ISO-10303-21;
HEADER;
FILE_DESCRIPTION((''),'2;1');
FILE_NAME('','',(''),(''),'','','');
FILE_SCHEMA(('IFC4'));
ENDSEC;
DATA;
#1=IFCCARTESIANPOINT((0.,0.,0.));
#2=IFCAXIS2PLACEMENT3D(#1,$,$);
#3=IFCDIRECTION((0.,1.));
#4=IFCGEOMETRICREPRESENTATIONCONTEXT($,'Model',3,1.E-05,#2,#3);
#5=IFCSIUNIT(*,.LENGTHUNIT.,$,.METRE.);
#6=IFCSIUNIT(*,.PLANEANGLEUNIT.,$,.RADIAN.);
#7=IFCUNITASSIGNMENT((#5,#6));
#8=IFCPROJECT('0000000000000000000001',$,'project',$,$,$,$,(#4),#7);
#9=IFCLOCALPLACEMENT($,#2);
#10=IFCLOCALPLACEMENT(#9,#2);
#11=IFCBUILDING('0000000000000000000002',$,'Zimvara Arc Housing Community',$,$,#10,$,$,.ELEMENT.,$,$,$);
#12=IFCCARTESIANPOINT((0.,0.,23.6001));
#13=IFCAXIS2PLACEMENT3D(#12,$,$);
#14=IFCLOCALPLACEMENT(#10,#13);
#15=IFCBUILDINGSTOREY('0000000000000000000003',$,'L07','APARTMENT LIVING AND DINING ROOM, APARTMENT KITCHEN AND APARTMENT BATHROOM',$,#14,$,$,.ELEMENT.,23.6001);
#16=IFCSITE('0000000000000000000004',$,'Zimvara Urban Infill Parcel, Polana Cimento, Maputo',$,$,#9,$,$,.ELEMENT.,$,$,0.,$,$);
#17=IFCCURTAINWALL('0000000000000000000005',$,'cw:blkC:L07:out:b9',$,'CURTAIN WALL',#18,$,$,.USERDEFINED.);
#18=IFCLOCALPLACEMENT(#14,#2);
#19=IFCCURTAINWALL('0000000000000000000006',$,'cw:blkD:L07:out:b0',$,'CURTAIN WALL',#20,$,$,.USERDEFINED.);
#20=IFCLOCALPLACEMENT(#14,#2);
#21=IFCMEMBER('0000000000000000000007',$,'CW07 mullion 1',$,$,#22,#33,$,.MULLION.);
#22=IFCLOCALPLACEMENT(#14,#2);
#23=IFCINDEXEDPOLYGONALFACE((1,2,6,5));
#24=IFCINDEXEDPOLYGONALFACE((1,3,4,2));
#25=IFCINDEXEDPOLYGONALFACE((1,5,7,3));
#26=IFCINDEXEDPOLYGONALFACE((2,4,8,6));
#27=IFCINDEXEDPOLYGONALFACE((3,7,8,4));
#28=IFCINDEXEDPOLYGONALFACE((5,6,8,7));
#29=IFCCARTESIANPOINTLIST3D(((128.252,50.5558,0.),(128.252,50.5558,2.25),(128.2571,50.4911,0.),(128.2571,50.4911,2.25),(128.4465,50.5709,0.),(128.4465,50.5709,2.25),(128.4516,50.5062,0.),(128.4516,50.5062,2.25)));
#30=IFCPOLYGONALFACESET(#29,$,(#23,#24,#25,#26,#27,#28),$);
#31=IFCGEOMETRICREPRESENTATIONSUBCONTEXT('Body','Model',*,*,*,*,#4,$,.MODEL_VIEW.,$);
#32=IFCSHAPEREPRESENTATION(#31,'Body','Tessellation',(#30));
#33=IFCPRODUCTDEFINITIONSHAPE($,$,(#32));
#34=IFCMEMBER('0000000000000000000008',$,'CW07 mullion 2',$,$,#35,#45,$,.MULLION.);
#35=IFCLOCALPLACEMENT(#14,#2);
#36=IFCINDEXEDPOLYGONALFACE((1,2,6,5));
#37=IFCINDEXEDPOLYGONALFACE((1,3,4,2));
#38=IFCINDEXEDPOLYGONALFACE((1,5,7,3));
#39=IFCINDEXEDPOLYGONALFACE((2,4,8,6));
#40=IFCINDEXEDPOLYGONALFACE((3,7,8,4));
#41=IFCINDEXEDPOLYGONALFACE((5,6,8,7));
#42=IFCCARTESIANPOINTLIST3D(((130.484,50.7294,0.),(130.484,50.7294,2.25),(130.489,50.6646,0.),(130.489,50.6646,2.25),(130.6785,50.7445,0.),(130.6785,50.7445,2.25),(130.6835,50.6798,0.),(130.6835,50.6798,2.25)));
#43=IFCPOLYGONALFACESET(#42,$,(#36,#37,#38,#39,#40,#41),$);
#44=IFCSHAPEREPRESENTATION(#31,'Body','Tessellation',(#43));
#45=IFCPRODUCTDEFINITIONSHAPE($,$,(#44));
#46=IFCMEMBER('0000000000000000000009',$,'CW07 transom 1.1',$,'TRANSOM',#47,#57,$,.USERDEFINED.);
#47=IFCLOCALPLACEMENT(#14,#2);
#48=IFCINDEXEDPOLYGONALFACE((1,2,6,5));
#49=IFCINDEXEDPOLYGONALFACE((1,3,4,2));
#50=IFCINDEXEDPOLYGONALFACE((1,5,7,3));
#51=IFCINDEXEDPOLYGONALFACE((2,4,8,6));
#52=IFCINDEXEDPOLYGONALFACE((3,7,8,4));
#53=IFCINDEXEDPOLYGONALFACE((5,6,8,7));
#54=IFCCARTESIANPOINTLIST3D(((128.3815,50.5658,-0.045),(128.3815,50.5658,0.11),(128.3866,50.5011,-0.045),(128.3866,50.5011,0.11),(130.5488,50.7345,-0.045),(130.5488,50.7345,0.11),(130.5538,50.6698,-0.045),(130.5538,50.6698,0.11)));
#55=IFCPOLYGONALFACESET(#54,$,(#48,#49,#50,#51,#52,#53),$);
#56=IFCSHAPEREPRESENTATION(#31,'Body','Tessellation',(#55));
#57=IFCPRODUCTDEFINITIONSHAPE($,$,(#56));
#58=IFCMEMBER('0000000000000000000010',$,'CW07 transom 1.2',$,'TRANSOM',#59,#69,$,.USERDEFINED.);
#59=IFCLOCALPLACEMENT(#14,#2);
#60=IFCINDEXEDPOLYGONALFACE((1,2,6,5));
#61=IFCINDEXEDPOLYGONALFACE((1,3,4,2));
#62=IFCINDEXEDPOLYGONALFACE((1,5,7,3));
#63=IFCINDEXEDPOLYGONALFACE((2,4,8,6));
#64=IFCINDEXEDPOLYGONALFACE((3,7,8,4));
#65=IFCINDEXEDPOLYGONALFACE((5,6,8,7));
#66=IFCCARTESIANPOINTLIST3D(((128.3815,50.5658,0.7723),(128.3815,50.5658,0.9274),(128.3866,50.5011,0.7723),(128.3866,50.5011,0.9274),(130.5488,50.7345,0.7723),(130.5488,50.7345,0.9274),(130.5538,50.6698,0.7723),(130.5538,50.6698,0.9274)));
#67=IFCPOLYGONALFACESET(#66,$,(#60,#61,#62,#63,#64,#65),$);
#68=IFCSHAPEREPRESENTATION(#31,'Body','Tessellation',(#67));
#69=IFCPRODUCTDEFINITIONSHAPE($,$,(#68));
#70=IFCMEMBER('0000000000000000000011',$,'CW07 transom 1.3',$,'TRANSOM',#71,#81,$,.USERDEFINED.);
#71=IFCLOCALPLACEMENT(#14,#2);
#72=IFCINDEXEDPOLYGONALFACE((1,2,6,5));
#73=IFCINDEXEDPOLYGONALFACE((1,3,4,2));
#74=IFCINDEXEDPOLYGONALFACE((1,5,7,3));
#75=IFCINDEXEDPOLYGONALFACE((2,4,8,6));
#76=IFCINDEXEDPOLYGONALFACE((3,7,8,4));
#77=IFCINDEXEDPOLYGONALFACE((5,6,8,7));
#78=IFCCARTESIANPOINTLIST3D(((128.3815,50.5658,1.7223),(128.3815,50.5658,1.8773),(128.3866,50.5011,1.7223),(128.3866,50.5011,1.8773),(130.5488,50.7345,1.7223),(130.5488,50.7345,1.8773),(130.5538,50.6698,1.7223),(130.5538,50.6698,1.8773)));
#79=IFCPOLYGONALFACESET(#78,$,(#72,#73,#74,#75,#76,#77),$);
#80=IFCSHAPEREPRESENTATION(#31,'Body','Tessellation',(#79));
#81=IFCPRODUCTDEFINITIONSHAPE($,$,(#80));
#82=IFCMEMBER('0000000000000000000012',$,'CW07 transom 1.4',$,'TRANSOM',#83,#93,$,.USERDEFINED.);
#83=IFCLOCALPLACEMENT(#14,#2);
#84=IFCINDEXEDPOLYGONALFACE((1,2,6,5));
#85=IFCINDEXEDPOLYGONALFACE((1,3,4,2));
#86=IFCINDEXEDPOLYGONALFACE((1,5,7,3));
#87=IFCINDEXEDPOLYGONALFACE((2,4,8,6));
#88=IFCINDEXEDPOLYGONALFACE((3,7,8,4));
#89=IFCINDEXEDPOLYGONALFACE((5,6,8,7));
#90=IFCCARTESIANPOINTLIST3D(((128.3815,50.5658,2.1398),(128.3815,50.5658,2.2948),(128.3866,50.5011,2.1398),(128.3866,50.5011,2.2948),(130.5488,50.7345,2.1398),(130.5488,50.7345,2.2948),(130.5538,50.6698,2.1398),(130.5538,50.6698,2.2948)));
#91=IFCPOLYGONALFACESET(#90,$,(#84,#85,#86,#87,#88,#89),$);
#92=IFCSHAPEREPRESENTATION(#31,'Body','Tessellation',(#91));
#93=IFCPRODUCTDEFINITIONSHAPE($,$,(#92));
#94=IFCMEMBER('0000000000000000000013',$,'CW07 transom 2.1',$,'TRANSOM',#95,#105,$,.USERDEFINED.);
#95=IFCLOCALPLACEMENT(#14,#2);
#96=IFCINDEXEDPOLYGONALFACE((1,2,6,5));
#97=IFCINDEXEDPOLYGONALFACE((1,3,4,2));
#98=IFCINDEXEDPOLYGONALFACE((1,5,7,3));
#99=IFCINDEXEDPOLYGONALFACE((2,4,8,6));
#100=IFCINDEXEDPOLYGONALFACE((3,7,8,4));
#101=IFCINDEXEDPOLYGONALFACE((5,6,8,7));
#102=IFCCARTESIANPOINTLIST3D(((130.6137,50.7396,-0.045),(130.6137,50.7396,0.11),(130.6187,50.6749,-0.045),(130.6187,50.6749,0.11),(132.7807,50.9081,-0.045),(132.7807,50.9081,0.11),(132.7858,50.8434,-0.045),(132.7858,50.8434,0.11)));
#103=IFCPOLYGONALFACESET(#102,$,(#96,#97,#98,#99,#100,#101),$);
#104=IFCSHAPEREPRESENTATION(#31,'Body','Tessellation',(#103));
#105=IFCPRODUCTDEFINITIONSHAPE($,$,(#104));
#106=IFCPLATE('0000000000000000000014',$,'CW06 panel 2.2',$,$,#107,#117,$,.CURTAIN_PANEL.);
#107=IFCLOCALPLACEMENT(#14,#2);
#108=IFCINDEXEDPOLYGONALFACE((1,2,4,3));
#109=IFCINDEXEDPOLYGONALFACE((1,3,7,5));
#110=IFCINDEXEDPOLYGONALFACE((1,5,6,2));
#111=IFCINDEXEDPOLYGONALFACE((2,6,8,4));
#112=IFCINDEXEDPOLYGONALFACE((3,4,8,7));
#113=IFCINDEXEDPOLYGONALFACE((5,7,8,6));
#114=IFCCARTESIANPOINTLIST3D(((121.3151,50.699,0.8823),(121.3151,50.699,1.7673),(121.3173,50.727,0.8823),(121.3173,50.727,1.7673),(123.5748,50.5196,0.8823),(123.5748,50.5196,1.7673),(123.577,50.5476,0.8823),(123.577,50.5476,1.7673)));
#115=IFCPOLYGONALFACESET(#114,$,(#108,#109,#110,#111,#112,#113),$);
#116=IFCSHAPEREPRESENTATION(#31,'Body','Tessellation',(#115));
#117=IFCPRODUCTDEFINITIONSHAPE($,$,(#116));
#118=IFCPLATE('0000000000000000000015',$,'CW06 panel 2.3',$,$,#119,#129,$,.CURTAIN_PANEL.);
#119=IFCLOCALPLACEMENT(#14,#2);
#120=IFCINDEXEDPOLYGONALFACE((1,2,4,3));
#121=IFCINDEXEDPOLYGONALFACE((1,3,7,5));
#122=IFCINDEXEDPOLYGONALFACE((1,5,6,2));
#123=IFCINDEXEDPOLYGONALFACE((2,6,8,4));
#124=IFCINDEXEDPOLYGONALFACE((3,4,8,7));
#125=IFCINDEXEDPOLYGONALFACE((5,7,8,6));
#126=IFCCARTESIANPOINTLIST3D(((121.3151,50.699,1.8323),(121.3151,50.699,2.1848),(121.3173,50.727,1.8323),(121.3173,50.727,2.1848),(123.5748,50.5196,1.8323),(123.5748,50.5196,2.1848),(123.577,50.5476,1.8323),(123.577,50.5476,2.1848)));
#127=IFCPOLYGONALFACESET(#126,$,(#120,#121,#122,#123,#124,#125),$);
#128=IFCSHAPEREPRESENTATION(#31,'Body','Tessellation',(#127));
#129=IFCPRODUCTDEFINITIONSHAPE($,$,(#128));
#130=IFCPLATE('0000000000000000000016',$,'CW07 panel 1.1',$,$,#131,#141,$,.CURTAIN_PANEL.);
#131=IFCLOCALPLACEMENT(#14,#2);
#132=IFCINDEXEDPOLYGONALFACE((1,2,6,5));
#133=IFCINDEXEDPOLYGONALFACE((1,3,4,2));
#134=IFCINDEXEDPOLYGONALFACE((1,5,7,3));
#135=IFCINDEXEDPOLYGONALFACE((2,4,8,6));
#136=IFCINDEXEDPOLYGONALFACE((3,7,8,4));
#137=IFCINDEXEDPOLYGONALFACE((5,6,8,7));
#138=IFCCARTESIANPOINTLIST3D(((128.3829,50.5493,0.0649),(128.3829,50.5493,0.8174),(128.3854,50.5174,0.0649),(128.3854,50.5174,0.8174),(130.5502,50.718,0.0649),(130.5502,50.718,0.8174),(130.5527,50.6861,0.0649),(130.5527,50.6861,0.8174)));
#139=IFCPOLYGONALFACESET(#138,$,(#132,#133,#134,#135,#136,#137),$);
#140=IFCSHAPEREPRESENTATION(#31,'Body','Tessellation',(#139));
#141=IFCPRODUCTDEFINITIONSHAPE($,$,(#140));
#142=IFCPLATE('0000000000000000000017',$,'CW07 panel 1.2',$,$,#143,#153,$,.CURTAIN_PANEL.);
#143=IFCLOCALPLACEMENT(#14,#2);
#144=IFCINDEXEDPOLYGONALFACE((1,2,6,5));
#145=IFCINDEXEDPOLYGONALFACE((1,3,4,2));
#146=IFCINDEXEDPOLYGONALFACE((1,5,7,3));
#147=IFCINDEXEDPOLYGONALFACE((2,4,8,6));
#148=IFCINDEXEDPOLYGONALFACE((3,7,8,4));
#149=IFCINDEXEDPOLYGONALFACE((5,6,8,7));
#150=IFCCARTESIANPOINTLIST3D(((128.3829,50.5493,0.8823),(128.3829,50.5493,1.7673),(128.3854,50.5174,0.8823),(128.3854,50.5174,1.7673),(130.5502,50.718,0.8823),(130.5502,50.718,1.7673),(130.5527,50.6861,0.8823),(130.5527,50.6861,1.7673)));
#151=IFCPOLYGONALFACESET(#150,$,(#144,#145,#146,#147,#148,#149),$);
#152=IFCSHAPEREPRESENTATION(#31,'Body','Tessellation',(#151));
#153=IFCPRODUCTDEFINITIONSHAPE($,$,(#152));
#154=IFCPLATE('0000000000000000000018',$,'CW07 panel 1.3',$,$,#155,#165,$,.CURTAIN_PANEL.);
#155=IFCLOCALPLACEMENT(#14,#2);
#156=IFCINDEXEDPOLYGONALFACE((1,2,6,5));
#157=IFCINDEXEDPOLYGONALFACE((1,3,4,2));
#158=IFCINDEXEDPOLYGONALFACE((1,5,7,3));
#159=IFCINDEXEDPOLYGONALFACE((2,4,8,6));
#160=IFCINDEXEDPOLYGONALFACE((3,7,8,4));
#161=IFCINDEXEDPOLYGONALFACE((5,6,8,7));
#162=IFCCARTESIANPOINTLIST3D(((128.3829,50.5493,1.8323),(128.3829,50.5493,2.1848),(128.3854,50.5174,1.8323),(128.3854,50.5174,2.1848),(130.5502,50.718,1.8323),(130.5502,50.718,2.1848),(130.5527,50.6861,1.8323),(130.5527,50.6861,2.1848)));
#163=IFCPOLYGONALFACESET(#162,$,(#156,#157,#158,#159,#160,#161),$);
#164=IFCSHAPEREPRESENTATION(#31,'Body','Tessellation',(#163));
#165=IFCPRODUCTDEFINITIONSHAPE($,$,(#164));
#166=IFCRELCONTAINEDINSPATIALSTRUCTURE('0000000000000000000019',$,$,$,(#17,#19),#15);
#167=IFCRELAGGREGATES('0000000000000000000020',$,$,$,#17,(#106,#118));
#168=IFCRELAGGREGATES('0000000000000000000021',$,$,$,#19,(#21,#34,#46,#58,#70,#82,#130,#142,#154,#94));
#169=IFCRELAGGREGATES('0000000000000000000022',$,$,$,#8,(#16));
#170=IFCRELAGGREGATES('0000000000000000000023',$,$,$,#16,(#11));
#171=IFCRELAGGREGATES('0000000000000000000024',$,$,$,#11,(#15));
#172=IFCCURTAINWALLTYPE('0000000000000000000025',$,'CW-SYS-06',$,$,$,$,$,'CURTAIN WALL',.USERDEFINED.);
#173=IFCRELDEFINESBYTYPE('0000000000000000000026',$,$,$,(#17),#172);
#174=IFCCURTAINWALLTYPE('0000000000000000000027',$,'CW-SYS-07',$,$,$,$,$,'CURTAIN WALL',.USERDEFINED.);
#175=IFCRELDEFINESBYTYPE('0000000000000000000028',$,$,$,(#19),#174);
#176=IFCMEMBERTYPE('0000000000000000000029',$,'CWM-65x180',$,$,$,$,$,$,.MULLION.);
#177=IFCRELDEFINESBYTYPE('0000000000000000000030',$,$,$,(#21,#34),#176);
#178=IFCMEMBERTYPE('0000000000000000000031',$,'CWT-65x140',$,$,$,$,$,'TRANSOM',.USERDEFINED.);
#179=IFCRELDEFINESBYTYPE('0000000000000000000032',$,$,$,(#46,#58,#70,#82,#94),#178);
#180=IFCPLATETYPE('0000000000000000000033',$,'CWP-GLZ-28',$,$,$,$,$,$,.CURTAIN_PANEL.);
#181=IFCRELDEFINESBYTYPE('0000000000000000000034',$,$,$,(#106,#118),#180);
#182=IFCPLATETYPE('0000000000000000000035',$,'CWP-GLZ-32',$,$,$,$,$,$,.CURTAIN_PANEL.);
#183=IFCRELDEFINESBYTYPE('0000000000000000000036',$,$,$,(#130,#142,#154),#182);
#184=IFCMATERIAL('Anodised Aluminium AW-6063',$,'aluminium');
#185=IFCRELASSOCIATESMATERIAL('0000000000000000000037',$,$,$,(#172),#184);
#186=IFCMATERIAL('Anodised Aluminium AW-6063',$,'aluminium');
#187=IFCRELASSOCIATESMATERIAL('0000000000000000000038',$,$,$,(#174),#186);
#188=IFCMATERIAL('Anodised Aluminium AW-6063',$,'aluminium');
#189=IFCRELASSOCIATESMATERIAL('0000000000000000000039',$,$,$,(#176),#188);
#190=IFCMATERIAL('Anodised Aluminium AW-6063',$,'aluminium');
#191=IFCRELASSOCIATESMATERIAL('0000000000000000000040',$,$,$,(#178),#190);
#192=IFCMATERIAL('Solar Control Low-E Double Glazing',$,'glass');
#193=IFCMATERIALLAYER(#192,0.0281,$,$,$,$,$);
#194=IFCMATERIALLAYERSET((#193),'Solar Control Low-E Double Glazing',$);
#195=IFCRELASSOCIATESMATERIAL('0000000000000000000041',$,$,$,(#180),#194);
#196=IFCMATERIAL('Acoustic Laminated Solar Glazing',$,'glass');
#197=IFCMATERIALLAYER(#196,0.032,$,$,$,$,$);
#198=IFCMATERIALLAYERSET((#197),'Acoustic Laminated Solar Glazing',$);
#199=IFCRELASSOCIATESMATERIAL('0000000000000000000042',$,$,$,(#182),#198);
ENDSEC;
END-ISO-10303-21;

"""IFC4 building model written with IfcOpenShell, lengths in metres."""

from ifc_helpers import new_model, si_unit, direction, frame, origin, origin_2d, place, context, subcontext, project, spatial, rectangle, extrude, material, layer, layer_set, material_profile, profile_set, type_object, element, aggregate, save


model = new_model("IFC4")

# Units and contexts
model_context = context("Model", 3, precision=1e-05, world=origin(), true_north=direction((0.0, 1.0)))
body_context = subcontext(model_context, "Body", "Model", "MODEL_VIEW")
ifc_project = project(units=[si_unit("LENGTHUNIT", "METRE"), si_unit("PLANEANGLEUNIT", "RADIAN")], contexts=[model_context])

# Site, building, storey
site_placement = place(None, origin())
site = spatial("IfcSite", under=ifc_project, at=site_placement, Name="Zimvara Urban Infill Parcel, Polana Cimento, Maputo", CompositionType="ELEMENT", RefElevation=0.0)
building_placement = place(site_placement, origin())
building = spatial("IfcBuilding", under=site, at=building_placement, Name="Zimvara Arc Housing Community", CompositionType="ELEMENT")
storey_placement = place(building_placement, frame((0.0, 0.0, 23.6001)))
storey = spatial("IfcBuildingStorey", under=building, at=storey_placement, Name="L07", Description="APARTMENT LIVING AND DINING ROOM, APARTMENT KITCHEN AND APARTMENT BATHROOM", CompositionType="ELEMENT", Elevation=23.6001)

# Curtain wall
ifc_material_1 = material(Name="Anodised Aluminium AW-6063", Category="aluminium")
curtain_wall_type_1 = type_object("IfcCurtainWallType", Name="CW-SYS-06", ElementType="CURTAIN WALL", PredefinedType="USERDEFINED", material=ifc_material_1)
curtain_wall_1_placement = place(storey_placement, origin())
curtain_wall_1 = element("IfcCurtainWall", 1, at=curtain_wall_1_placement, inside=storey, type_object=curtain_wall_type_1, Name="cw:blkC:L07:out:b9", ObjectType="CURTAIN WALL", PredefinedType="USERDEFINED")

# Curtain wall, members
ifc_material_2 = material(Name="Anodised Aluminium AW-6063", Category="aluminium")
curtain_wall_type_2 = type_object("IfcCurtainWallType", Name="CW-SYS-07", ElementType="CURTAIN WALL", PredefinedType="USERDEFINED", material=ifc_material_2)
curtain_wall_2_placement = place(storey_placement, origin())
curtain_wall_2 = element("IfcCurtainWall", 2, at=curtain_wall_2_placement, inside=storey, type_object=curtain_wall_type_2, Name="cw:blkD:L07:out:b0", ObjectType="CURTAIN WALL", PredefinedType="USERDEFINED")
ifc_material_3 = material(Name="Anodised Aluminium AW-6063", Category="aluminium")
ifc_material_profile_1 = material_profile(ifc_material_3, rectangle(XDim=0.0649, YDim=0.1951, at=origin_2d()), Name="ALU 65x195")
ifc_profile_set_1 = profile_set([ifc_material_profile_1], Name="Anodised Aluminium AW-6063")
member_type_1 = type_object("IfcMemberType", Name="CWM-65x180", PredefinedType="MULLION", material=ifc_profile_set_1)
member_1_placement = place(storey_placement, frame((128.3518, 50.531, 0.0), z_axis=(0.0, 0.0, 1.0), x_axis=(-0.07759, 0.996985, 0.0)))
member_1 = element("IfcMember", 3, at=member_1_placement, type_object=member_type_1, Name="CW07 mullion 1", PredefinedType="MULLION", context=body_context, shape_type="SweptSolid", body=[
    extrude(rectangle(XDim=0.0649, YDim=0.1951, at=origin_2d()), origin(), (0.0, 0.0, 1.0), 2.25),
])
member_2_placement = place(storey_placement, frame((130.5837, 50.7046, 0.0), z_axis=(0.0, 0.0, 1.0), x_axis=(-0.07759, 0.996985, 0.0)))
member_2 = element("IfcMember", 4, at=member_2_placement, type_object=member_type_1, Name="CW07 mullion 2", PredefinedType="MULLION", context=body_context, shape_type="SweptSolid", body=[
    extrude(rectangle(XDim=0.0649, YDim=0.1951, at=origin_2d()), origin(), (0.0, 0.0, 1.0), 2.25),
])
ifc_material_4 = material(Name="Anodised Aluminium AW-6063", Category="aluminium")
ifc_material_profile_2 = material_profile(ifc_material_4, rectangle(XDim=0.0649, YDim=0.155, at=origin_2d()), Name="ALU 65x155")
ifc_profile_set_2 = profile_set([ifc_material_profile_2], Name="Anodised Aluminium AW-6063")
member_type_2 = type_object("IfcMemberType", Name="CWT-65x140", ElementType="TRANSOM", PredefinedType="USERDEFINED", material=ifc_profile_set_2)
member_3_placement = place(storey_placement, frame((128.384, 50.5334, 0.0325), z_axis=(0.996984, 0.077607, 0.0), x_axis=(-0.077607, 0.996984, 0.0)))
member_3 = element("IfcMember", 5, at=member_3_placement, type_object=member_type_2, Name="CW07 transom 1.1", ObjectType="TRANSOM", PredefinedType="USERDEFINED", context=body_context, shape_type="SweptSolid", body=[
    extrude(rectangle(XDim=0.0649, YDim=0.155, at=origin_2d()), origin(), (0.0, 0.0, 1.0), 2.1738),
])
member_4_placement = place(storey_placement, frame((128.384, 50.5334, 0.8499), z_axis=(0.996984, 0.077607, 0.0), x_axis=(-0.077607, 0.996984, 0.0)))
member_4 = element("IfcMember", 6, at=member_4_placement, type_object=member_type_2, Name="CW07 transom 1.2", ObjectType="TRANSOM", PredefinedType="USERDEFINED", context=body_context, shape_type="SweptSolid", body=[
    extrude(rectangle(XDim=0.0649, YDim=0.155, at=origin_2d()), origin(), (0.0, 0.0, 1.0), 2.1738),
])
member_5_placement = place(storey_placement, frame((128.384, 50.5334, 1.7998), z_axis=(0.996984, 0.077607, 0.0), x_axis=(-0.077607, 0.996984, 0.0)))
member_5 = element("IfcMember", 7, at=member_5_placement, type_object=member_type_2, Name="CW07 transom 1.3", ObjectType="TRANSOM", PredefinedType="USERDEFINED", context=body_context, shape_type="SweptSolid", body=[
    extrude(rectangle(XDim=0.0649, YDim=0.155, at=origin_2d()), origin(), (0.0, 0.0, 1.0), 2.1738),
])
member_6_placement = place(storey_placement, frame((128.384, 50.5334, 2.2173), z_axis=(0.996984, 0.077607, 0.0), x_axis=(-0.077607, 0.996984, 0.0)))
member_6 = element("IfcMember", 8, at=member_6_placement, type_object=member_type_2, Name="CW07 transom 1.4", ObjectType="TRANSOM", PredefinedType="USERDEFINED", context=body_context, shape_type="SweptSolid", body=[
    extrude(rectangle(XDim=0.0649, YDim=0.155, at=origin_2d()), origin(), (0.0, 0.0, 1.0), 2.1738),
])
member_7_placement = place(storey_placement, frame((130.6162, 50.7073, 0.0325), z_axis=(0.996992, 0.077504, 0.0), x_axis=(-0.077504, 0.996992, 0.0)))
member_7 = element("IfcMember", 9, at=member_7_placement, type_object=member_type_2, Name="CW07 transom 2.1", ObjectType="TRANSOM", PredefinedType="USERDEFINED", context=body_context, shape_type="SweptSolid", body=[
    extrude(rectangle(XDim=0.0649, YDim=0.155, at=origin_2d()), origin(), (0.0, 0.0, 1.0), 2.1736),
])

# Plates
ifc_material_5 = material(Name="Solar Control Low-E Double Glazing", Category="glass")
ifc_layer_1 = layer(ifc_material_5, 0.0281)
ifc_layer_set_1 = layer_set([ifc_layer_1], Name="Solar Control Low-E Double Glazing")
plate_type_1 = type_object("IfcPlateType", Name="CWP-GLZ-28", PredefinedType="CURTAIN_PANEL", material=ifc_layer_set_1)
plate_1_placement = place(storey_placement, frame((122.446, 50.6233, 0.8823), z_axis=(0.0, 0.0, 1.0), x_axis=(0.996862, -0.079154, 0.0)))
plate_1 = element("IfcPlate", 10, at=plate_1_placement, type_object=plate_type_1, Name="CW06 panel 2.2", PredefinedType="CURTAIN_PANEL", context=body_context, shape_type="SweptSolid", body=[
    extrude(rectangle(XDim=2.2668, YDim=0.0281, at=origin_2d()), origin(), (0.0, 0.0, 1.0), 0.885),
])
plate_2_placement = place(storey_placement, frame((122.446, 50.6233, 1.8323), z_axis=(0.0, 0.0, 1.0), x_axis=(0.996862, -0.079154, 0.0)))
plate_2 = element("IfcPlate", 11, at=plate_2_placement, type_object=plate_type_1, Name="CW06 panel 2.3", PredefinedType="CURTAIN_PANEL", context=body_context, shape_type="SweptSolid", body=[
    extrude(rectangle(XDim=2.2668, YDim=0.0281, at=origin_2d()), origin(), (0.0, 0.0, 1.0), 0.3525),
])
aggregate(curtain_wall_1, [plate_1, plate_2])
ifc_material_6 = material(Name="Acoustic Laminated Solar Glazing", Category="glass")
ifc_layer_2 = layer(ifc_material_6, 0.032)
ifc_layer_set_2 = layer_set([ifc_layer_2], Name="Acoustic Laminated Solar Glazing")
plate_type_2 = type_object("IfcPlateType", Name="CWP-GLZ-32", PredefinedType="CURTAIN_PANEL", material=ifc_layer_set_2)
plate_3_placement = place(storey_placement, frame((129.4678, 50.6177, 0.0649), z_axis=(0.0, 0.0, 1.0), x_axis=(0.996985, 0.07759, 0.0)))
plate_3 = element("IfcPlate", 12, at=plate_3_placement, type_object=plate_type_2, Name="CW07 panel 1.1", PredefinedType="CURTAIN_PANEL", context=body_context, shape_type="SweptSolid", body=[
    extrude(rectangle(XDim=2.1738, YDim=0.032, at=origin_2d()), origin(), (0.0, 0.0, 1.0), 0.7524),
])
plate_4_placement = place(storey_placement, frame((129.4678, 50.6177, 0.8823), z_axis=(0.0, 0.0, 1.0), x_axis=(0.996985, 0.07759, 0.0)))
plate_4 = element("IfcPlate", 13, at=plate_4_placement, type_object=plate_type_2, Name="CW07 panel 1.2", PredefinedType="CURTAIN_PANEL", context=body_context, shape_type="SweptSolid", body=[
    extrude(rectangle(XDim=2.1738, YDim=0.032, at=origin_2d()), origin(), (0.0, 0.0, 1.0), 0.885),
])
plate_5_placement = place(storey_placement, frame((129.4678, 50.6177, 1.8323), z_axis=(0.0, 0.0, 1.0), x_axis=(0.996985, 0.07759, 0.0)))
plate_5 = element("IfcPlate", 14, at=plate_5_placement, type_object=plate_type_2, Name="CW07 panel 1.3", PredefinedType="CURTAIN_PANEL", context=body_context, shape_type="SweptSolid", body=[
    extrude(rectangle(XDim=2.1738, YDim=0.032, at=origin_2d()), origin(), (0.0, 0.0, 1.0), 0.3525),
])
aggregate(curtain_wall_2, [member_1, member_2, member_3, member_4, member_5, member_6, plate_3, plate_4, plate_5, member_7])

save(model, "model.ifc")
